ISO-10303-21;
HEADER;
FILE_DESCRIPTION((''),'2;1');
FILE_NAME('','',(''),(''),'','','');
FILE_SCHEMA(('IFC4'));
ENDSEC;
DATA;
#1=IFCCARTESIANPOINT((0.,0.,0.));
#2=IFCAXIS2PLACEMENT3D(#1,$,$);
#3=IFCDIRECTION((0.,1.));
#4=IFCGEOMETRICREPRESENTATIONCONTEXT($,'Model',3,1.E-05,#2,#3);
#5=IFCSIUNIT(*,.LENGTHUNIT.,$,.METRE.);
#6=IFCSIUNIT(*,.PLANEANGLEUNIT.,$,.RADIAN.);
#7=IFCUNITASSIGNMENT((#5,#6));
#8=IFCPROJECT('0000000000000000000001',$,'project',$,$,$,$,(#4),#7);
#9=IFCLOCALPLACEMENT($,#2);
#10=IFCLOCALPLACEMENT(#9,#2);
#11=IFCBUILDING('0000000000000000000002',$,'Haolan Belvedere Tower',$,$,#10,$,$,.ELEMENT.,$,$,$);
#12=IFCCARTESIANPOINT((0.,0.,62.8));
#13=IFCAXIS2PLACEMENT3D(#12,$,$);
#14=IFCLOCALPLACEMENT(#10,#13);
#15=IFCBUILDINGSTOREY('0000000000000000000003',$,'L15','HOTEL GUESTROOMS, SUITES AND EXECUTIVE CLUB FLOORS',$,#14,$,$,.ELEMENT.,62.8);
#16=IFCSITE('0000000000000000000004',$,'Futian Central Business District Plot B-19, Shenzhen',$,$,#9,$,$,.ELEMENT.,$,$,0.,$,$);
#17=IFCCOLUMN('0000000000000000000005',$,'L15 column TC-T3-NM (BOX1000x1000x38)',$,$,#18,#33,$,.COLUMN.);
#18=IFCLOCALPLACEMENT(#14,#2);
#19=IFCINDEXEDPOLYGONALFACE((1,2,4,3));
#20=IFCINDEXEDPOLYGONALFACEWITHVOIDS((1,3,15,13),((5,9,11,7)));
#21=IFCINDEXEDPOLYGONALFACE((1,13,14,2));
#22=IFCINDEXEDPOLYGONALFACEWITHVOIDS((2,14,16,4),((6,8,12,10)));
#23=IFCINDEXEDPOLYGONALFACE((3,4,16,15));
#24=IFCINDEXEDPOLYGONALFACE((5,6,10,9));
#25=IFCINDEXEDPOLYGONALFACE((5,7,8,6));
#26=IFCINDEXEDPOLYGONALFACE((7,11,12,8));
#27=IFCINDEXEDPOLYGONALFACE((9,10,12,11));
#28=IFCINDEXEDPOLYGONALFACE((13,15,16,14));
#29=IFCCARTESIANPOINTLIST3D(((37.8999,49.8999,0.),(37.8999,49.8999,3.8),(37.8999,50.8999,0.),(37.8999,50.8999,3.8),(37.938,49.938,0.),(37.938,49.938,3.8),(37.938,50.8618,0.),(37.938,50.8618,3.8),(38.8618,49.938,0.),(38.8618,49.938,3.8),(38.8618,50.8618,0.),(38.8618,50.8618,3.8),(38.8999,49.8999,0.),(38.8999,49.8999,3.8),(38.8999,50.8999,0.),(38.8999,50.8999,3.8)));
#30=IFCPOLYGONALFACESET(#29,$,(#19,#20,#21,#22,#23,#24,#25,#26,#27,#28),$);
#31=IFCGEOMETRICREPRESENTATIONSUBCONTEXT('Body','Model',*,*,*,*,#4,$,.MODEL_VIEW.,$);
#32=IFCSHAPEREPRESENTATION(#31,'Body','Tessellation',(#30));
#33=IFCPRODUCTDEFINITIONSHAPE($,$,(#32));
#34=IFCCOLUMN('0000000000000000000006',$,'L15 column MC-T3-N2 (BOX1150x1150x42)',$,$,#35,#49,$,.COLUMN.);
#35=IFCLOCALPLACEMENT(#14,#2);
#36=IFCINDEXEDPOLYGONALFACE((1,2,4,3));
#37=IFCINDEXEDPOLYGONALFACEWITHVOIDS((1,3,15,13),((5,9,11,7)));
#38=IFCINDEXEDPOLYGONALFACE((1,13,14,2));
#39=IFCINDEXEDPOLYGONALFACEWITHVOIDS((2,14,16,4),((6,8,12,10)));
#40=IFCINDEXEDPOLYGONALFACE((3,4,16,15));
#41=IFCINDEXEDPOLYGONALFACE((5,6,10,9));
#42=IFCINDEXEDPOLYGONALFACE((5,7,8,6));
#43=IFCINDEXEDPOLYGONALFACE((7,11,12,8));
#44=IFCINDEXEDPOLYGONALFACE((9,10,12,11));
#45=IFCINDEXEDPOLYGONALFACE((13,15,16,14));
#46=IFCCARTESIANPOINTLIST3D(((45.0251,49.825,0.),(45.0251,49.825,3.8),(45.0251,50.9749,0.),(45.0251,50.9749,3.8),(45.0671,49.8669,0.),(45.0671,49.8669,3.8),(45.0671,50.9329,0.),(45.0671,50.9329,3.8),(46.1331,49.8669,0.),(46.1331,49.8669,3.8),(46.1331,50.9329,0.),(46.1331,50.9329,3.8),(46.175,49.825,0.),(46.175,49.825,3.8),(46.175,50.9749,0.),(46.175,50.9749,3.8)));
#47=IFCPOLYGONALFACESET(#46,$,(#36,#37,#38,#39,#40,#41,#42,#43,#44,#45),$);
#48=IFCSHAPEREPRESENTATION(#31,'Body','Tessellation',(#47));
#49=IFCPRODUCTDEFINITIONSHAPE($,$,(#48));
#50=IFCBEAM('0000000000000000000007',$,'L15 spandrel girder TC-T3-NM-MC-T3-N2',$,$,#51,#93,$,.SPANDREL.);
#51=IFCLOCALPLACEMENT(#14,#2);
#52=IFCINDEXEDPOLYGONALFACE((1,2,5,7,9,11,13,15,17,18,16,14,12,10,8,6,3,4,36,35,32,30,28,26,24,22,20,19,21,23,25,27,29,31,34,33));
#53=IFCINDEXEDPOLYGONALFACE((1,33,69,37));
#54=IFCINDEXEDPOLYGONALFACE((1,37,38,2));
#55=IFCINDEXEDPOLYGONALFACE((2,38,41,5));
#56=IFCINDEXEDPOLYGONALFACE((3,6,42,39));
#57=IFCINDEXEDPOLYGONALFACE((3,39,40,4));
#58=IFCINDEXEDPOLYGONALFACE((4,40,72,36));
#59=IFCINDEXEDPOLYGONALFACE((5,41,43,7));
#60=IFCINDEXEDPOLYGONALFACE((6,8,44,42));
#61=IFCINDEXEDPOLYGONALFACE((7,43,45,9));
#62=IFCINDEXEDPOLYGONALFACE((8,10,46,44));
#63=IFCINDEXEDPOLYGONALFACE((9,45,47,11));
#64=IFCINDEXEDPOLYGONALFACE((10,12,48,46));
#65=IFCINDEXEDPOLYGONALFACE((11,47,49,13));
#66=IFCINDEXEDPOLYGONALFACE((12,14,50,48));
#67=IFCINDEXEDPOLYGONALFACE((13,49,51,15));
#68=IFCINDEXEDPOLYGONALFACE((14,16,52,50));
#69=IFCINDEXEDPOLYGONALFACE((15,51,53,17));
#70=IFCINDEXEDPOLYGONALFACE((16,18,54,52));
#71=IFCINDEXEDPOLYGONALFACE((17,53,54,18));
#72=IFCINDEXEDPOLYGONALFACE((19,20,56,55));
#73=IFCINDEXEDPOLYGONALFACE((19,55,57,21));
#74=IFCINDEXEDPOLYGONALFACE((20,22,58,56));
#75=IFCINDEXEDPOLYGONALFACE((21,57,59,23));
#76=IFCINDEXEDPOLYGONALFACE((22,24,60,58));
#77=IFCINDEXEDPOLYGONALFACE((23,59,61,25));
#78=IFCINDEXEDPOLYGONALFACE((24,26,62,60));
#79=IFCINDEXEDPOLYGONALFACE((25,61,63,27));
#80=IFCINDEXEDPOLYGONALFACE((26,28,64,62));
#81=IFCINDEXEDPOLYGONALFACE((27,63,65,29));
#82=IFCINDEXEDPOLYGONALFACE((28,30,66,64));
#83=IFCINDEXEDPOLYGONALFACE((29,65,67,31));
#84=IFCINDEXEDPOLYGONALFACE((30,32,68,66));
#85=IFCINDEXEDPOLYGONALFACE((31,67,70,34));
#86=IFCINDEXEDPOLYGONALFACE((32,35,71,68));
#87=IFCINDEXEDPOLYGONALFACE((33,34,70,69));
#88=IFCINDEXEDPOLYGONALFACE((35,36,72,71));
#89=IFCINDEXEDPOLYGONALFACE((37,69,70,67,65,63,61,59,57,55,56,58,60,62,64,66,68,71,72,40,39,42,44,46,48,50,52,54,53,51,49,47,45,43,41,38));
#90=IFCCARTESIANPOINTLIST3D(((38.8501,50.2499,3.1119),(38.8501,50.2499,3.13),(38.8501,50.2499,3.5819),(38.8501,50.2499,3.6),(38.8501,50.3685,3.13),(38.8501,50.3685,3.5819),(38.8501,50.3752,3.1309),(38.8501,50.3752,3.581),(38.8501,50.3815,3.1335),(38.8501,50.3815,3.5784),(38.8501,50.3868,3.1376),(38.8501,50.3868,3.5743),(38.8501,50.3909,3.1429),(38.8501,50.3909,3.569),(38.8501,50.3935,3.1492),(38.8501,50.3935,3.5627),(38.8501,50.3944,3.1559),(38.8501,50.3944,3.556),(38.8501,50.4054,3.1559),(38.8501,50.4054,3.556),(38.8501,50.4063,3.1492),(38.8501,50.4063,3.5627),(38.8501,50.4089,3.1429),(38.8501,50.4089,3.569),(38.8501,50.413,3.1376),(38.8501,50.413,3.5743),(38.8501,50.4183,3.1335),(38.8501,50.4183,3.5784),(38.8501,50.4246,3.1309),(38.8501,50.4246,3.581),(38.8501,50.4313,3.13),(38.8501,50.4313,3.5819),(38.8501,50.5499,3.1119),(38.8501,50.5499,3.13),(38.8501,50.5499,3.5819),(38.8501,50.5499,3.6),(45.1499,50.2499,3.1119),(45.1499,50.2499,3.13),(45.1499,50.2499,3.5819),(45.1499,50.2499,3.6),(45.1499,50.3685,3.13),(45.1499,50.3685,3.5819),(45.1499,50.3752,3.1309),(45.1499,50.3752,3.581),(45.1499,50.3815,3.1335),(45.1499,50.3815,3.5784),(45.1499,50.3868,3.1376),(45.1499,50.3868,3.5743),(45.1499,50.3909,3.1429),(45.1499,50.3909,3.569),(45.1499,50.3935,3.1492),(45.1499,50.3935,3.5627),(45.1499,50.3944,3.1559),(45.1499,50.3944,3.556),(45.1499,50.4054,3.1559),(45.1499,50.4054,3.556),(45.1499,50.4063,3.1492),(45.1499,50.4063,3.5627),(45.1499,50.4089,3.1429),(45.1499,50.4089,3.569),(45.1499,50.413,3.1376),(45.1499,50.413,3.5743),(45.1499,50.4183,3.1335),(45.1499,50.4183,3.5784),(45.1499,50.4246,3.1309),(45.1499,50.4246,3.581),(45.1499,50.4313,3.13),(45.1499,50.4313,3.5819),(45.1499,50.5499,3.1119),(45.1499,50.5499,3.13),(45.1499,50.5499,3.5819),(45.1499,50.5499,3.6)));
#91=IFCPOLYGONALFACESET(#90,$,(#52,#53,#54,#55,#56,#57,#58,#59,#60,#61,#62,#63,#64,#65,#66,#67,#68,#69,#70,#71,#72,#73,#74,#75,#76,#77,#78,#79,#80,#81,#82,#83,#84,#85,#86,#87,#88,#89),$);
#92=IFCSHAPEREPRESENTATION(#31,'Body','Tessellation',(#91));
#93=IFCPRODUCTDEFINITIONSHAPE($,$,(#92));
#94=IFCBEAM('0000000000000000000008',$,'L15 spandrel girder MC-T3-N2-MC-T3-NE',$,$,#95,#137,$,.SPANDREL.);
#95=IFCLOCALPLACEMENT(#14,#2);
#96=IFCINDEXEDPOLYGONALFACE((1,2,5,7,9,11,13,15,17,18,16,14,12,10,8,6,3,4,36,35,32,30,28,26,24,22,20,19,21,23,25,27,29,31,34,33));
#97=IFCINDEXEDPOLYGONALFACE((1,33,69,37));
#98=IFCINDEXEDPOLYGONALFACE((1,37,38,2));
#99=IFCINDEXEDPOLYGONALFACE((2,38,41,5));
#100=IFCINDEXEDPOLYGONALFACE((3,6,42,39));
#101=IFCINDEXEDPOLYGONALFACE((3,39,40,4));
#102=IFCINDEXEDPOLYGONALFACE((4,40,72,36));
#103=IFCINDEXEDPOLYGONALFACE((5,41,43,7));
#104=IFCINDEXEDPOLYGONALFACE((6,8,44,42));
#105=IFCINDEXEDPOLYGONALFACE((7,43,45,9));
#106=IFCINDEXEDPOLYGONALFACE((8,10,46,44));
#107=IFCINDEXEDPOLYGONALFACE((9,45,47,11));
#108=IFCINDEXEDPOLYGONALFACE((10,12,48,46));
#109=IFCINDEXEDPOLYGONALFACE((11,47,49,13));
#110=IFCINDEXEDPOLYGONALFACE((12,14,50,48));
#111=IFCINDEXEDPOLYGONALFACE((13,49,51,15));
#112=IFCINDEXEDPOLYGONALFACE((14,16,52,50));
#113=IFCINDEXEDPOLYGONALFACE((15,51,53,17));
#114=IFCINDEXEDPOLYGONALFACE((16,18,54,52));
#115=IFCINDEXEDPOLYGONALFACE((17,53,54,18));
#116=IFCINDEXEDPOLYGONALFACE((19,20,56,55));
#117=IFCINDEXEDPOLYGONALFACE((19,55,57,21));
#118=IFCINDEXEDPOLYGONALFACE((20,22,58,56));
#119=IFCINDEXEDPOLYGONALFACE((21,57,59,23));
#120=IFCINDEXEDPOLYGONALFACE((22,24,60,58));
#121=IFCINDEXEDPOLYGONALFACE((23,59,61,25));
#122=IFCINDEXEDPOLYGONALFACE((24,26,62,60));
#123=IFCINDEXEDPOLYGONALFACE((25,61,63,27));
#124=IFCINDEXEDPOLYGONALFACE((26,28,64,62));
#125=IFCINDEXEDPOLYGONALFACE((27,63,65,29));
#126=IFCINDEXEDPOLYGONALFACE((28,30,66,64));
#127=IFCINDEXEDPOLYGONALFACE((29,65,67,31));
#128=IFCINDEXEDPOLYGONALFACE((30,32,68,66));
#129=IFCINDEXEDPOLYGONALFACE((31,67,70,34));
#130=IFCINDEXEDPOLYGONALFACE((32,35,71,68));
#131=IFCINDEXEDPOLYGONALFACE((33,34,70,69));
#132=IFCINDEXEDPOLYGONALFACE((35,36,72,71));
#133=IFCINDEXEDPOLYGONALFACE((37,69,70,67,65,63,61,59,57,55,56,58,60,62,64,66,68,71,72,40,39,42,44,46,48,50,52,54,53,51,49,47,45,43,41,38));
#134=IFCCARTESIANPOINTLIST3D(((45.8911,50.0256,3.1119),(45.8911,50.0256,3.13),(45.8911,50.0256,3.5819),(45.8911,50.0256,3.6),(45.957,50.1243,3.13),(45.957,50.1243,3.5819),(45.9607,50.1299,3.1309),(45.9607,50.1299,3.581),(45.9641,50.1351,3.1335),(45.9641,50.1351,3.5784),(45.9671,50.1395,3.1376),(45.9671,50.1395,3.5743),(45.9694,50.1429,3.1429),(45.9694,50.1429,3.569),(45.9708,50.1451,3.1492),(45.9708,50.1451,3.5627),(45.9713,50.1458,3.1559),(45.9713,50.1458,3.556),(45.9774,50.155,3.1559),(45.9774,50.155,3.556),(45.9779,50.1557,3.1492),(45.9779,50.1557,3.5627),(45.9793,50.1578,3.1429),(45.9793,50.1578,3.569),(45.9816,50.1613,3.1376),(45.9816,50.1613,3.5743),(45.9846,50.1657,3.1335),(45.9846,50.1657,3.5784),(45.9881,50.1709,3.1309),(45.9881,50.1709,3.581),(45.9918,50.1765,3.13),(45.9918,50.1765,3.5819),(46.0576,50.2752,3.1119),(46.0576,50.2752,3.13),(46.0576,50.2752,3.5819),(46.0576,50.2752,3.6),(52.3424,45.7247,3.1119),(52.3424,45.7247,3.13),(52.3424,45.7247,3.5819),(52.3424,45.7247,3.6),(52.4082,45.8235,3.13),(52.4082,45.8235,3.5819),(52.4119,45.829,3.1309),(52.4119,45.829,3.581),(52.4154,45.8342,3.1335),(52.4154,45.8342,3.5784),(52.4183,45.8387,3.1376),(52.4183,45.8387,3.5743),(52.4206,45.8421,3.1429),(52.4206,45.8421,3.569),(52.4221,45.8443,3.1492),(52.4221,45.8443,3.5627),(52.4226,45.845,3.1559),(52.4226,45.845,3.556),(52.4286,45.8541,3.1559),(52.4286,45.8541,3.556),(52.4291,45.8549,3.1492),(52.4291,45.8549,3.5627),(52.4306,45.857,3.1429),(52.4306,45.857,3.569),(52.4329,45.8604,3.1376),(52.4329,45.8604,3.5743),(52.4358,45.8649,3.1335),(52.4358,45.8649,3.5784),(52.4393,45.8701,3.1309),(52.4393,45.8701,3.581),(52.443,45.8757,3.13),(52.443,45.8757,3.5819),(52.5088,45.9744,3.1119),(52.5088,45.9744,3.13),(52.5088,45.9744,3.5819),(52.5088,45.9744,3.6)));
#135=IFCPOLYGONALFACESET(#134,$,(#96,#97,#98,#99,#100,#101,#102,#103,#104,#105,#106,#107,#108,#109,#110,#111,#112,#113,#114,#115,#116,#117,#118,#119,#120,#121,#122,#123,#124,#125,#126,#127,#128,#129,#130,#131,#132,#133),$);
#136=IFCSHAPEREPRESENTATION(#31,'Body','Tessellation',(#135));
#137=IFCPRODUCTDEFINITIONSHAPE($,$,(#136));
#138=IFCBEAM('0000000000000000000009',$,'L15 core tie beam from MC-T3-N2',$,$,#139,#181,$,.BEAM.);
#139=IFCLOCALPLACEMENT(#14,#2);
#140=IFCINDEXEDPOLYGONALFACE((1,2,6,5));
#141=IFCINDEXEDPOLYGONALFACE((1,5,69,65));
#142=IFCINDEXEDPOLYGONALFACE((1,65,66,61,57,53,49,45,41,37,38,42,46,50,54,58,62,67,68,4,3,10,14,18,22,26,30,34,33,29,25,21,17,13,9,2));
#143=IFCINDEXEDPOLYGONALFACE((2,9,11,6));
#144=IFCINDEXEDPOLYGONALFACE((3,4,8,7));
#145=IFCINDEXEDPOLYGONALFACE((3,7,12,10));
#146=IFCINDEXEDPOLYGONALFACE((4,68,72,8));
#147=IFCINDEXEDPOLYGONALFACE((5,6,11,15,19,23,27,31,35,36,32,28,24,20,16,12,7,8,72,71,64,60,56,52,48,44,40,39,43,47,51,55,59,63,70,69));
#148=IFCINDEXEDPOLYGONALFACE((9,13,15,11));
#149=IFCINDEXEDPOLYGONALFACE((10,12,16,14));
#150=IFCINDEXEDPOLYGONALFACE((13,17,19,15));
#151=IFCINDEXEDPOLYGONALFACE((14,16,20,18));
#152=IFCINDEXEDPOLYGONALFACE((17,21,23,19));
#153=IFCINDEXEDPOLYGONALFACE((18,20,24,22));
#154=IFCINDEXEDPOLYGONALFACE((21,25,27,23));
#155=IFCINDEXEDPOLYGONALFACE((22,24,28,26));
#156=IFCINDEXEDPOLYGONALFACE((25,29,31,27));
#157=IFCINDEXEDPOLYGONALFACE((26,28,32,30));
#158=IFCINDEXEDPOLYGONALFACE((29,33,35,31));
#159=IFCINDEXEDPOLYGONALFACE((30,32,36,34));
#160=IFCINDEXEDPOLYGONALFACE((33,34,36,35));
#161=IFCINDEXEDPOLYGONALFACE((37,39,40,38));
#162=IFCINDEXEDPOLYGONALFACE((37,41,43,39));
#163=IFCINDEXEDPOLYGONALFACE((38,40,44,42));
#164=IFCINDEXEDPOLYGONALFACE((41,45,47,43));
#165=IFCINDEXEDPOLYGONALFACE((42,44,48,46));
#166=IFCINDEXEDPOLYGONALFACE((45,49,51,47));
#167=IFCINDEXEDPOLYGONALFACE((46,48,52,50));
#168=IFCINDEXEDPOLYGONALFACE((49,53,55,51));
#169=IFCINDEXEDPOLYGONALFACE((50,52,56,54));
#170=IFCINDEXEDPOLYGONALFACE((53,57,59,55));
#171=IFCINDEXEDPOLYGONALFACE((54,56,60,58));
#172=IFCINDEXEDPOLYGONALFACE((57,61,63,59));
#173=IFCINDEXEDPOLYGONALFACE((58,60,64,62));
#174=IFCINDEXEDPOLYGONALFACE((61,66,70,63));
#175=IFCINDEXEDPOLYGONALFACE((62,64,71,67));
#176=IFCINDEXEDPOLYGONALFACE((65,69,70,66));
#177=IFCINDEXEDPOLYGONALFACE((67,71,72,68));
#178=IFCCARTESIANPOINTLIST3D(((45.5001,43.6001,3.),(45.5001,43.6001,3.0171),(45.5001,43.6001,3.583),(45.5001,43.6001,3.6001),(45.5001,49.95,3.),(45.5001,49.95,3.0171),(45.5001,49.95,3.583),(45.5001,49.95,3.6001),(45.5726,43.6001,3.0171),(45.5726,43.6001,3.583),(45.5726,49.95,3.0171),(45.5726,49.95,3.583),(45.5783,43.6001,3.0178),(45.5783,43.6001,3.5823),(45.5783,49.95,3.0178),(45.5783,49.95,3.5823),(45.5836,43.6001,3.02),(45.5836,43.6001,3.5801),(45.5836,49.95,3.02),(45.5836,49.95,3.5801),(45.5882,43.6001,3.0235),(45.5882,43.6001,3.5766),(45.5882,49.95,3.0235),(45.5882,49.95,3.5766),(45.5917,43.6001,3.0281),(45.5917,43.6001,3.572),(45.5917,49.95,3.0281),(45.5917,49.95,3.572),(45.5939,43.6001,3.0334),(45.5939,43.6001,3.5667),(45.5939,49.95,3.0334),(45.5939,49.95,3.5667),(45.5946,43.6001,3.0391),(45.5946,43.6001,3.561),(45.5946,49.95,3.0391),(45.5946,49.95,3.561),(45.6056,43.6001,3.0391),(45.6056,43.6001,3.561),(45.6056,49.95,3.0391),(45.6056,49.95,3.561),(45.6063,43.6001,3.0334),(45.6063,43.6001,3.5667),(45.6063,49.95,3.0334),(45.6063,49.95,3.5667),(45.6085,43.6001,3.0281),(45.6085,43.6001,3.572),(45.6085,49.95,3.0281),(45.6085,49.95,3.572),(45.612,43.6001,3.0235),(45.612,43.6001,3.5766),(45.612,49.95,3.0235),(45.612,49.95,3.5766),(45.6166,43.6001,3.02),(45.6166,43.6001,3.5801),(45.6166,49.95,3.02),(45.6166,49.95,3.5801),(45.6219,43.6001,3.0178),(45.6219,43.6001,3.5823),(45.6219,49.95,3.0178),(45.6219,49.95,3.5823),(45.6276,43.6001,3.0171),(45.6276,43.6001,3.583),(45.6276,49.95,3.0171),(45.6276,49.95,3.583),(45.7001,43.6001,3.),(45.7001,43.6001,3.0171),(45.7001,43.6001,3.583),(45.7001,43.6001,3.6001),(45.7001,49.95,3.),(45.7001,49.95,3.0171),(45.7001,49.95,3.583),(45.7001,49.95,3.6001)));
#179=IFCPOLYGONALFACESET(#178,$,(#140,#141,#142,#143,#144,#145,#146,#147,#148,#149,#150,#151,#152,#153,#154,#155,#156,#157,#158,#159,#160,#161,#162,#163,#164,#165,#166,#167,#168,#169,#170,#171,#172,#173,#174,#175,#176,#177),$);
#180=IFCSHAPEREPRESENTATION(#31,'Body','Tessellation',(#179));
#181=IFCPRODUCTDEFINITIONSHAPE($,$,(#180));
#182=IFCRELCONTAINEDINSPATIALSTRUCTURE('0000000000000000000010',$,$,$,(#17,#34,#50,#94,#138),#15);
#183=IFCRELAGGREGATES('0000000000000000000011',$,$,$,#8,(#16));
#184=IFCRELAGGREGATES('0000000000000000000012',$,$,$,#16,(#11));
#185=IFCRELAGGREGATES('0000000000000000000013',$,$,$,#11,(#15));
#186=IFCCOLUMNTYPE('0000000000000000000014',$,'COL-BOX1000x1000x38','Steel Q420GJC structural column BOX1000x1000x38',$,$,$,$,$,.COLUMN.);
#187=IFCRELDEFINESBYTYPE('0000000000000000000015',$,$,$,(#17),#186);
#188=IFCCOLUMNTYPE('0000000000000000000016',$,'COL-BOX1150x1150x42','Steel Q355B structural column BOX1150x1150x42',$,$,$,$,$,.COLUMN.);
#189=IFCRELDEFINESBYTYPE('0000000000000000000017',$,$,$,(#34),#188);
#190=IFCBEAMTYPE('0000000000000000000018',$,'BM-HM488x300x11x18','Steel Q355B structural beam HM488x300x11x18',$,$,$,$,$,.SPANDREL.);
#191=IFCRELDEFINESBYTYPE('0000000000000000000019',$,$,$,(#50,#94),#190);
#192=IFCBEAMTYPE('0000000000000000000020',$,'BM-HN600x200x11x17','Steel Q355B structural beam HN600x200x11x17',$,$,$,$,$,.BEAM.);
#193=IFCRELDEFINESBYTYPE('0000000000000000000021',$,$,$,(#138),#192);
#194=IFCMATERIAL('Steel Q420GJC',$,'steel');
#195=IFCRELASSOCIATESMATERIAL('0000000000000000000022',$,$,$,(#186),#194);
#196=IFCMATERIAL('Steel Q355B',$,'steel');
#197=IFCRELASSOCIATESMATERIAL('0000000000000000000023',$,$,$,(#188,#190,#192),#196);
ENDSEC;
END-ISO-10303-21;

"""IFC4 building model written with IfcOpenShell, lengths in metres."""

from ifc_helpers import new_model, si_unit, direction, frame, origin, origin_2d, place, context, subcontext, project, spatial, hollow_rectangle, i_section, extrude, material, material_profile, profile_set, type_object, element, save


model = new_model("IFC4")

# Units and contexts
model_context = context("Model", 3, precision=1e-05, world=origin(), true_north=direction((0.0, 1.0)))
body_context = subcontext(model_context, "Body", "Model", "MODEL_VIEW")
ifc_project = project(units=[si_unit("LENGTHUNIT", "METRE"), si_unit("PLANEANGLEUNIT", "RADIAN")], contexts=[model_context])

# Site, building, storey
site_placement = place(None, origin())
site = spatial("IfcSite", under=ifc_project, at=site_placement, Name="Futian Central Business District Plot B-19, Shenzhen", CompositionType="ELEMENT", RefElevation=0.0)
building_placement = place(site_placement, origin())
building = spatial("IfcBuilding", under=site, at=building_placement, Name="Haolan Belvedere Tower", CompositionType="ELEMENT")
storey_placement = place(building_placement, frame((0.0, 0.0, 62.8)))
storey = spatial("IfcBuildingStorey", under=building, at=storey_placement, Name="L15", Description="HOTEL GUESTROOMS, SUITES AND EXECUTIVE CLUB FLOORS", CompositionType="ELEMENT", Elevation=62.8)

# Columns
ifc_material_1 = material(Name="Steel Q420GJC", Category="steel")
ifc_material_profile_1 = material_profile(ifc_material_1, hollow_rectangle(XDim=1.0, YDim=1.0, WallThickness=0.0381, at=origin_2d()), Name="Steel Q420GJC")
ifc_profile_set_1 = profile_set([ifc_material_profile_1], Name="Steel Q420GJC")
column_type_1 = type_object("IfcColumnType", Name="COL-BOX1000x1000x38", Description="Steel Q420GJC structural column BOX1000x1000x38", PredefinedType="COLUMN", material=ifc_profile_set_1)
column_1_placement = place(storey_placement, frame((38.3999, 50.3999, 0.0), z_axis=(0.0, 0.0, 1.0), x_axis=(1.0, 0.0, 0.0)))
element("IfcColumn", 1, at=column_1_placement, inside=storey, type_object=column_type_1, Name="L15 column TC-T3-NM (BOX1000x1000x38)", PredefinedType="COLUMN", context=body_context, shape_type="SweptSolid", body=[
    extrude(hollow_rectangle(XDim=1.0, YDim=1.0, WallThickness=0.0381, at=origin_2d()), origin(), (0.0, 0.0, 1.0), 3.8),
])
ifc_material_2 = material(Name="Steel Q355B", Category="steel")
ifc_material_profile_2 = material_profile(ifc_material_2, hollow_rectangle(XDim=1.1499, YDim=1.1499, WallThickness=0.042, at=origin_2d()), Name="Steel Q355B")
ifc_profile_set_2 = profile_set([ifc_material_profile_2], Name="Steel Q355B")
column_type_2 = type_object("IfcColumnType", Name="COL-BOX1150x1150x42", Description="Steel Q355B structural column BOX1150x1150x42", PredefinedType="COLUMN", material=ifc_profile_set_2)
column_2_placement = place(storey_placement, frame((45.6001, 50.3999, 0.0), z_axis=(0.0, 0.0, 1.0), x_axis=(1.0, 0.0, 0.0)))
element("IfcColumn", 2, at=column_2_placement, inside=storey, type_object=column_type_2, Name="L15 column MC-T3-N2 (BOX1150x1150x42)", PredefinedType="COLUMN", context=body_context, shape_type="SweptSolid", body=[
    extrude(hollow_rectangle(XDim=1.1499, YDim=1.1499, WallThickness=0.042, at=origin_2d()), origin(), (0.0, 0.0, 1.0), 3.8),
])

# Beams
ifc_material_profile_3 = material_profile(ifc_material_2, i_section(OverallWidth=0.3, OverallDepth=0.488, WebThickness=0.011, FlangeThickness=0.0181, FilletRadius=0.0259, at=origin_2d()), Name="Steel Q355B")
ifc_profile_set_3 = profile_set([ifc_material_profile_3], Name="Steel Q355B")
beam_type_1 = type_object("IfcBeamType", Name="BM-HM488x300x11x18", Description="Steel Q355B structural beam HM488x300x11x18", PredefinedType="SPANDREL", material=ifc_profile_set_3)
beam_1_placement = place(storey_placement, frame((38.8501, 50.3999, 3.356), z_axis=(1.0, 0.0, 0.0), x_axis=(0.0, 1.0, 0.0)))
element("IfcBeam", 3, at=beam_1_placement, inside=storey, type_object=beam_type_1, Name="L15 spandrel girder TC-T3-NM-MC-T3-N2", PredefinedType="SPANDREL", context=body_context, shape_type="SweptSolid", body=[
    extrude(i_section(OverallWidth=0.3, OverallDepth=0.488, WebThickness=0.011, FlangeThickness=0.0181, FilletRadius=0.0259, at=origin_2d()), origin(), (0.0, 0.0, 1.0), 6.2998),
])
beam_2_placement = place(storey_placement, frame((45.9744, 50.1504, 3.356), z_axis=(0.83205, -0.5547, 0.0), x_axis=(0.5547, 0.83205, 0.0)))
element("IfcBeam", 4, at=beam_2_placement, inside=storey, type_object=beam_type_1, Name="L15 spandrel girder MC-T3-N2-MC-T3-NE", PredefinedType="SPANDREL", context=body_context, shape_type="SweptSolid", body=[
    extrude(i_section(OverallWidth=0.3, OverallDepth=0.488, WebThickness=0.011, FlangeThickness=0.0181, FilletRadius=0.0259, at=origin_2d()), origin(), (0.0, 0.0, 1.0), 7.7534),
])
ifc_material_profile_4 = material_profile(ifc_material_2, i_section(OverallWidth=0.2, OverallDepth=0.6001, WebThickness=0.011, FlangeThickness=0.0171, FilletRadius=0.022, at=origin_2d()), Name="Steel Q355B")
ifc_profile_set_4 = profile_set([ifc_material_profile_4], Name="Steel Q355B")
beam_type_2 = type_object("IfcBeamType", Name="BM-HN600x200x11x17", Description="Steel Q355B structural beam HN600x200x11x17", PredefinedType="BEAM", material=ifc_profile_set_4)
beam_3_placement = place(storey_placement, frame((45.6001, 49.95, 3.3), z_axis=(0.0, -1.0, 0.0), x_axis=(1.0, 0.0, 0.0)))
element("IfcBeam", 5, at=beam_3_placement, inside=storey, type_object=beam_type_2, Name="L15 core tie beam from MC-T3-N2", PredefinedType="BEAM", context=body_context, shape_type="SweptSolid", body=[
    extrude(i_section(OverallWidth=0.2, OverallDepth=0.6001, WebThickness=0.011, FlangeThickness=0.0171, FilletRadius=0.022, at=origin_2d()), origin(), (0.0, 0.0, 1.0), 6.3499),
])

save(model, "model.ifc")
